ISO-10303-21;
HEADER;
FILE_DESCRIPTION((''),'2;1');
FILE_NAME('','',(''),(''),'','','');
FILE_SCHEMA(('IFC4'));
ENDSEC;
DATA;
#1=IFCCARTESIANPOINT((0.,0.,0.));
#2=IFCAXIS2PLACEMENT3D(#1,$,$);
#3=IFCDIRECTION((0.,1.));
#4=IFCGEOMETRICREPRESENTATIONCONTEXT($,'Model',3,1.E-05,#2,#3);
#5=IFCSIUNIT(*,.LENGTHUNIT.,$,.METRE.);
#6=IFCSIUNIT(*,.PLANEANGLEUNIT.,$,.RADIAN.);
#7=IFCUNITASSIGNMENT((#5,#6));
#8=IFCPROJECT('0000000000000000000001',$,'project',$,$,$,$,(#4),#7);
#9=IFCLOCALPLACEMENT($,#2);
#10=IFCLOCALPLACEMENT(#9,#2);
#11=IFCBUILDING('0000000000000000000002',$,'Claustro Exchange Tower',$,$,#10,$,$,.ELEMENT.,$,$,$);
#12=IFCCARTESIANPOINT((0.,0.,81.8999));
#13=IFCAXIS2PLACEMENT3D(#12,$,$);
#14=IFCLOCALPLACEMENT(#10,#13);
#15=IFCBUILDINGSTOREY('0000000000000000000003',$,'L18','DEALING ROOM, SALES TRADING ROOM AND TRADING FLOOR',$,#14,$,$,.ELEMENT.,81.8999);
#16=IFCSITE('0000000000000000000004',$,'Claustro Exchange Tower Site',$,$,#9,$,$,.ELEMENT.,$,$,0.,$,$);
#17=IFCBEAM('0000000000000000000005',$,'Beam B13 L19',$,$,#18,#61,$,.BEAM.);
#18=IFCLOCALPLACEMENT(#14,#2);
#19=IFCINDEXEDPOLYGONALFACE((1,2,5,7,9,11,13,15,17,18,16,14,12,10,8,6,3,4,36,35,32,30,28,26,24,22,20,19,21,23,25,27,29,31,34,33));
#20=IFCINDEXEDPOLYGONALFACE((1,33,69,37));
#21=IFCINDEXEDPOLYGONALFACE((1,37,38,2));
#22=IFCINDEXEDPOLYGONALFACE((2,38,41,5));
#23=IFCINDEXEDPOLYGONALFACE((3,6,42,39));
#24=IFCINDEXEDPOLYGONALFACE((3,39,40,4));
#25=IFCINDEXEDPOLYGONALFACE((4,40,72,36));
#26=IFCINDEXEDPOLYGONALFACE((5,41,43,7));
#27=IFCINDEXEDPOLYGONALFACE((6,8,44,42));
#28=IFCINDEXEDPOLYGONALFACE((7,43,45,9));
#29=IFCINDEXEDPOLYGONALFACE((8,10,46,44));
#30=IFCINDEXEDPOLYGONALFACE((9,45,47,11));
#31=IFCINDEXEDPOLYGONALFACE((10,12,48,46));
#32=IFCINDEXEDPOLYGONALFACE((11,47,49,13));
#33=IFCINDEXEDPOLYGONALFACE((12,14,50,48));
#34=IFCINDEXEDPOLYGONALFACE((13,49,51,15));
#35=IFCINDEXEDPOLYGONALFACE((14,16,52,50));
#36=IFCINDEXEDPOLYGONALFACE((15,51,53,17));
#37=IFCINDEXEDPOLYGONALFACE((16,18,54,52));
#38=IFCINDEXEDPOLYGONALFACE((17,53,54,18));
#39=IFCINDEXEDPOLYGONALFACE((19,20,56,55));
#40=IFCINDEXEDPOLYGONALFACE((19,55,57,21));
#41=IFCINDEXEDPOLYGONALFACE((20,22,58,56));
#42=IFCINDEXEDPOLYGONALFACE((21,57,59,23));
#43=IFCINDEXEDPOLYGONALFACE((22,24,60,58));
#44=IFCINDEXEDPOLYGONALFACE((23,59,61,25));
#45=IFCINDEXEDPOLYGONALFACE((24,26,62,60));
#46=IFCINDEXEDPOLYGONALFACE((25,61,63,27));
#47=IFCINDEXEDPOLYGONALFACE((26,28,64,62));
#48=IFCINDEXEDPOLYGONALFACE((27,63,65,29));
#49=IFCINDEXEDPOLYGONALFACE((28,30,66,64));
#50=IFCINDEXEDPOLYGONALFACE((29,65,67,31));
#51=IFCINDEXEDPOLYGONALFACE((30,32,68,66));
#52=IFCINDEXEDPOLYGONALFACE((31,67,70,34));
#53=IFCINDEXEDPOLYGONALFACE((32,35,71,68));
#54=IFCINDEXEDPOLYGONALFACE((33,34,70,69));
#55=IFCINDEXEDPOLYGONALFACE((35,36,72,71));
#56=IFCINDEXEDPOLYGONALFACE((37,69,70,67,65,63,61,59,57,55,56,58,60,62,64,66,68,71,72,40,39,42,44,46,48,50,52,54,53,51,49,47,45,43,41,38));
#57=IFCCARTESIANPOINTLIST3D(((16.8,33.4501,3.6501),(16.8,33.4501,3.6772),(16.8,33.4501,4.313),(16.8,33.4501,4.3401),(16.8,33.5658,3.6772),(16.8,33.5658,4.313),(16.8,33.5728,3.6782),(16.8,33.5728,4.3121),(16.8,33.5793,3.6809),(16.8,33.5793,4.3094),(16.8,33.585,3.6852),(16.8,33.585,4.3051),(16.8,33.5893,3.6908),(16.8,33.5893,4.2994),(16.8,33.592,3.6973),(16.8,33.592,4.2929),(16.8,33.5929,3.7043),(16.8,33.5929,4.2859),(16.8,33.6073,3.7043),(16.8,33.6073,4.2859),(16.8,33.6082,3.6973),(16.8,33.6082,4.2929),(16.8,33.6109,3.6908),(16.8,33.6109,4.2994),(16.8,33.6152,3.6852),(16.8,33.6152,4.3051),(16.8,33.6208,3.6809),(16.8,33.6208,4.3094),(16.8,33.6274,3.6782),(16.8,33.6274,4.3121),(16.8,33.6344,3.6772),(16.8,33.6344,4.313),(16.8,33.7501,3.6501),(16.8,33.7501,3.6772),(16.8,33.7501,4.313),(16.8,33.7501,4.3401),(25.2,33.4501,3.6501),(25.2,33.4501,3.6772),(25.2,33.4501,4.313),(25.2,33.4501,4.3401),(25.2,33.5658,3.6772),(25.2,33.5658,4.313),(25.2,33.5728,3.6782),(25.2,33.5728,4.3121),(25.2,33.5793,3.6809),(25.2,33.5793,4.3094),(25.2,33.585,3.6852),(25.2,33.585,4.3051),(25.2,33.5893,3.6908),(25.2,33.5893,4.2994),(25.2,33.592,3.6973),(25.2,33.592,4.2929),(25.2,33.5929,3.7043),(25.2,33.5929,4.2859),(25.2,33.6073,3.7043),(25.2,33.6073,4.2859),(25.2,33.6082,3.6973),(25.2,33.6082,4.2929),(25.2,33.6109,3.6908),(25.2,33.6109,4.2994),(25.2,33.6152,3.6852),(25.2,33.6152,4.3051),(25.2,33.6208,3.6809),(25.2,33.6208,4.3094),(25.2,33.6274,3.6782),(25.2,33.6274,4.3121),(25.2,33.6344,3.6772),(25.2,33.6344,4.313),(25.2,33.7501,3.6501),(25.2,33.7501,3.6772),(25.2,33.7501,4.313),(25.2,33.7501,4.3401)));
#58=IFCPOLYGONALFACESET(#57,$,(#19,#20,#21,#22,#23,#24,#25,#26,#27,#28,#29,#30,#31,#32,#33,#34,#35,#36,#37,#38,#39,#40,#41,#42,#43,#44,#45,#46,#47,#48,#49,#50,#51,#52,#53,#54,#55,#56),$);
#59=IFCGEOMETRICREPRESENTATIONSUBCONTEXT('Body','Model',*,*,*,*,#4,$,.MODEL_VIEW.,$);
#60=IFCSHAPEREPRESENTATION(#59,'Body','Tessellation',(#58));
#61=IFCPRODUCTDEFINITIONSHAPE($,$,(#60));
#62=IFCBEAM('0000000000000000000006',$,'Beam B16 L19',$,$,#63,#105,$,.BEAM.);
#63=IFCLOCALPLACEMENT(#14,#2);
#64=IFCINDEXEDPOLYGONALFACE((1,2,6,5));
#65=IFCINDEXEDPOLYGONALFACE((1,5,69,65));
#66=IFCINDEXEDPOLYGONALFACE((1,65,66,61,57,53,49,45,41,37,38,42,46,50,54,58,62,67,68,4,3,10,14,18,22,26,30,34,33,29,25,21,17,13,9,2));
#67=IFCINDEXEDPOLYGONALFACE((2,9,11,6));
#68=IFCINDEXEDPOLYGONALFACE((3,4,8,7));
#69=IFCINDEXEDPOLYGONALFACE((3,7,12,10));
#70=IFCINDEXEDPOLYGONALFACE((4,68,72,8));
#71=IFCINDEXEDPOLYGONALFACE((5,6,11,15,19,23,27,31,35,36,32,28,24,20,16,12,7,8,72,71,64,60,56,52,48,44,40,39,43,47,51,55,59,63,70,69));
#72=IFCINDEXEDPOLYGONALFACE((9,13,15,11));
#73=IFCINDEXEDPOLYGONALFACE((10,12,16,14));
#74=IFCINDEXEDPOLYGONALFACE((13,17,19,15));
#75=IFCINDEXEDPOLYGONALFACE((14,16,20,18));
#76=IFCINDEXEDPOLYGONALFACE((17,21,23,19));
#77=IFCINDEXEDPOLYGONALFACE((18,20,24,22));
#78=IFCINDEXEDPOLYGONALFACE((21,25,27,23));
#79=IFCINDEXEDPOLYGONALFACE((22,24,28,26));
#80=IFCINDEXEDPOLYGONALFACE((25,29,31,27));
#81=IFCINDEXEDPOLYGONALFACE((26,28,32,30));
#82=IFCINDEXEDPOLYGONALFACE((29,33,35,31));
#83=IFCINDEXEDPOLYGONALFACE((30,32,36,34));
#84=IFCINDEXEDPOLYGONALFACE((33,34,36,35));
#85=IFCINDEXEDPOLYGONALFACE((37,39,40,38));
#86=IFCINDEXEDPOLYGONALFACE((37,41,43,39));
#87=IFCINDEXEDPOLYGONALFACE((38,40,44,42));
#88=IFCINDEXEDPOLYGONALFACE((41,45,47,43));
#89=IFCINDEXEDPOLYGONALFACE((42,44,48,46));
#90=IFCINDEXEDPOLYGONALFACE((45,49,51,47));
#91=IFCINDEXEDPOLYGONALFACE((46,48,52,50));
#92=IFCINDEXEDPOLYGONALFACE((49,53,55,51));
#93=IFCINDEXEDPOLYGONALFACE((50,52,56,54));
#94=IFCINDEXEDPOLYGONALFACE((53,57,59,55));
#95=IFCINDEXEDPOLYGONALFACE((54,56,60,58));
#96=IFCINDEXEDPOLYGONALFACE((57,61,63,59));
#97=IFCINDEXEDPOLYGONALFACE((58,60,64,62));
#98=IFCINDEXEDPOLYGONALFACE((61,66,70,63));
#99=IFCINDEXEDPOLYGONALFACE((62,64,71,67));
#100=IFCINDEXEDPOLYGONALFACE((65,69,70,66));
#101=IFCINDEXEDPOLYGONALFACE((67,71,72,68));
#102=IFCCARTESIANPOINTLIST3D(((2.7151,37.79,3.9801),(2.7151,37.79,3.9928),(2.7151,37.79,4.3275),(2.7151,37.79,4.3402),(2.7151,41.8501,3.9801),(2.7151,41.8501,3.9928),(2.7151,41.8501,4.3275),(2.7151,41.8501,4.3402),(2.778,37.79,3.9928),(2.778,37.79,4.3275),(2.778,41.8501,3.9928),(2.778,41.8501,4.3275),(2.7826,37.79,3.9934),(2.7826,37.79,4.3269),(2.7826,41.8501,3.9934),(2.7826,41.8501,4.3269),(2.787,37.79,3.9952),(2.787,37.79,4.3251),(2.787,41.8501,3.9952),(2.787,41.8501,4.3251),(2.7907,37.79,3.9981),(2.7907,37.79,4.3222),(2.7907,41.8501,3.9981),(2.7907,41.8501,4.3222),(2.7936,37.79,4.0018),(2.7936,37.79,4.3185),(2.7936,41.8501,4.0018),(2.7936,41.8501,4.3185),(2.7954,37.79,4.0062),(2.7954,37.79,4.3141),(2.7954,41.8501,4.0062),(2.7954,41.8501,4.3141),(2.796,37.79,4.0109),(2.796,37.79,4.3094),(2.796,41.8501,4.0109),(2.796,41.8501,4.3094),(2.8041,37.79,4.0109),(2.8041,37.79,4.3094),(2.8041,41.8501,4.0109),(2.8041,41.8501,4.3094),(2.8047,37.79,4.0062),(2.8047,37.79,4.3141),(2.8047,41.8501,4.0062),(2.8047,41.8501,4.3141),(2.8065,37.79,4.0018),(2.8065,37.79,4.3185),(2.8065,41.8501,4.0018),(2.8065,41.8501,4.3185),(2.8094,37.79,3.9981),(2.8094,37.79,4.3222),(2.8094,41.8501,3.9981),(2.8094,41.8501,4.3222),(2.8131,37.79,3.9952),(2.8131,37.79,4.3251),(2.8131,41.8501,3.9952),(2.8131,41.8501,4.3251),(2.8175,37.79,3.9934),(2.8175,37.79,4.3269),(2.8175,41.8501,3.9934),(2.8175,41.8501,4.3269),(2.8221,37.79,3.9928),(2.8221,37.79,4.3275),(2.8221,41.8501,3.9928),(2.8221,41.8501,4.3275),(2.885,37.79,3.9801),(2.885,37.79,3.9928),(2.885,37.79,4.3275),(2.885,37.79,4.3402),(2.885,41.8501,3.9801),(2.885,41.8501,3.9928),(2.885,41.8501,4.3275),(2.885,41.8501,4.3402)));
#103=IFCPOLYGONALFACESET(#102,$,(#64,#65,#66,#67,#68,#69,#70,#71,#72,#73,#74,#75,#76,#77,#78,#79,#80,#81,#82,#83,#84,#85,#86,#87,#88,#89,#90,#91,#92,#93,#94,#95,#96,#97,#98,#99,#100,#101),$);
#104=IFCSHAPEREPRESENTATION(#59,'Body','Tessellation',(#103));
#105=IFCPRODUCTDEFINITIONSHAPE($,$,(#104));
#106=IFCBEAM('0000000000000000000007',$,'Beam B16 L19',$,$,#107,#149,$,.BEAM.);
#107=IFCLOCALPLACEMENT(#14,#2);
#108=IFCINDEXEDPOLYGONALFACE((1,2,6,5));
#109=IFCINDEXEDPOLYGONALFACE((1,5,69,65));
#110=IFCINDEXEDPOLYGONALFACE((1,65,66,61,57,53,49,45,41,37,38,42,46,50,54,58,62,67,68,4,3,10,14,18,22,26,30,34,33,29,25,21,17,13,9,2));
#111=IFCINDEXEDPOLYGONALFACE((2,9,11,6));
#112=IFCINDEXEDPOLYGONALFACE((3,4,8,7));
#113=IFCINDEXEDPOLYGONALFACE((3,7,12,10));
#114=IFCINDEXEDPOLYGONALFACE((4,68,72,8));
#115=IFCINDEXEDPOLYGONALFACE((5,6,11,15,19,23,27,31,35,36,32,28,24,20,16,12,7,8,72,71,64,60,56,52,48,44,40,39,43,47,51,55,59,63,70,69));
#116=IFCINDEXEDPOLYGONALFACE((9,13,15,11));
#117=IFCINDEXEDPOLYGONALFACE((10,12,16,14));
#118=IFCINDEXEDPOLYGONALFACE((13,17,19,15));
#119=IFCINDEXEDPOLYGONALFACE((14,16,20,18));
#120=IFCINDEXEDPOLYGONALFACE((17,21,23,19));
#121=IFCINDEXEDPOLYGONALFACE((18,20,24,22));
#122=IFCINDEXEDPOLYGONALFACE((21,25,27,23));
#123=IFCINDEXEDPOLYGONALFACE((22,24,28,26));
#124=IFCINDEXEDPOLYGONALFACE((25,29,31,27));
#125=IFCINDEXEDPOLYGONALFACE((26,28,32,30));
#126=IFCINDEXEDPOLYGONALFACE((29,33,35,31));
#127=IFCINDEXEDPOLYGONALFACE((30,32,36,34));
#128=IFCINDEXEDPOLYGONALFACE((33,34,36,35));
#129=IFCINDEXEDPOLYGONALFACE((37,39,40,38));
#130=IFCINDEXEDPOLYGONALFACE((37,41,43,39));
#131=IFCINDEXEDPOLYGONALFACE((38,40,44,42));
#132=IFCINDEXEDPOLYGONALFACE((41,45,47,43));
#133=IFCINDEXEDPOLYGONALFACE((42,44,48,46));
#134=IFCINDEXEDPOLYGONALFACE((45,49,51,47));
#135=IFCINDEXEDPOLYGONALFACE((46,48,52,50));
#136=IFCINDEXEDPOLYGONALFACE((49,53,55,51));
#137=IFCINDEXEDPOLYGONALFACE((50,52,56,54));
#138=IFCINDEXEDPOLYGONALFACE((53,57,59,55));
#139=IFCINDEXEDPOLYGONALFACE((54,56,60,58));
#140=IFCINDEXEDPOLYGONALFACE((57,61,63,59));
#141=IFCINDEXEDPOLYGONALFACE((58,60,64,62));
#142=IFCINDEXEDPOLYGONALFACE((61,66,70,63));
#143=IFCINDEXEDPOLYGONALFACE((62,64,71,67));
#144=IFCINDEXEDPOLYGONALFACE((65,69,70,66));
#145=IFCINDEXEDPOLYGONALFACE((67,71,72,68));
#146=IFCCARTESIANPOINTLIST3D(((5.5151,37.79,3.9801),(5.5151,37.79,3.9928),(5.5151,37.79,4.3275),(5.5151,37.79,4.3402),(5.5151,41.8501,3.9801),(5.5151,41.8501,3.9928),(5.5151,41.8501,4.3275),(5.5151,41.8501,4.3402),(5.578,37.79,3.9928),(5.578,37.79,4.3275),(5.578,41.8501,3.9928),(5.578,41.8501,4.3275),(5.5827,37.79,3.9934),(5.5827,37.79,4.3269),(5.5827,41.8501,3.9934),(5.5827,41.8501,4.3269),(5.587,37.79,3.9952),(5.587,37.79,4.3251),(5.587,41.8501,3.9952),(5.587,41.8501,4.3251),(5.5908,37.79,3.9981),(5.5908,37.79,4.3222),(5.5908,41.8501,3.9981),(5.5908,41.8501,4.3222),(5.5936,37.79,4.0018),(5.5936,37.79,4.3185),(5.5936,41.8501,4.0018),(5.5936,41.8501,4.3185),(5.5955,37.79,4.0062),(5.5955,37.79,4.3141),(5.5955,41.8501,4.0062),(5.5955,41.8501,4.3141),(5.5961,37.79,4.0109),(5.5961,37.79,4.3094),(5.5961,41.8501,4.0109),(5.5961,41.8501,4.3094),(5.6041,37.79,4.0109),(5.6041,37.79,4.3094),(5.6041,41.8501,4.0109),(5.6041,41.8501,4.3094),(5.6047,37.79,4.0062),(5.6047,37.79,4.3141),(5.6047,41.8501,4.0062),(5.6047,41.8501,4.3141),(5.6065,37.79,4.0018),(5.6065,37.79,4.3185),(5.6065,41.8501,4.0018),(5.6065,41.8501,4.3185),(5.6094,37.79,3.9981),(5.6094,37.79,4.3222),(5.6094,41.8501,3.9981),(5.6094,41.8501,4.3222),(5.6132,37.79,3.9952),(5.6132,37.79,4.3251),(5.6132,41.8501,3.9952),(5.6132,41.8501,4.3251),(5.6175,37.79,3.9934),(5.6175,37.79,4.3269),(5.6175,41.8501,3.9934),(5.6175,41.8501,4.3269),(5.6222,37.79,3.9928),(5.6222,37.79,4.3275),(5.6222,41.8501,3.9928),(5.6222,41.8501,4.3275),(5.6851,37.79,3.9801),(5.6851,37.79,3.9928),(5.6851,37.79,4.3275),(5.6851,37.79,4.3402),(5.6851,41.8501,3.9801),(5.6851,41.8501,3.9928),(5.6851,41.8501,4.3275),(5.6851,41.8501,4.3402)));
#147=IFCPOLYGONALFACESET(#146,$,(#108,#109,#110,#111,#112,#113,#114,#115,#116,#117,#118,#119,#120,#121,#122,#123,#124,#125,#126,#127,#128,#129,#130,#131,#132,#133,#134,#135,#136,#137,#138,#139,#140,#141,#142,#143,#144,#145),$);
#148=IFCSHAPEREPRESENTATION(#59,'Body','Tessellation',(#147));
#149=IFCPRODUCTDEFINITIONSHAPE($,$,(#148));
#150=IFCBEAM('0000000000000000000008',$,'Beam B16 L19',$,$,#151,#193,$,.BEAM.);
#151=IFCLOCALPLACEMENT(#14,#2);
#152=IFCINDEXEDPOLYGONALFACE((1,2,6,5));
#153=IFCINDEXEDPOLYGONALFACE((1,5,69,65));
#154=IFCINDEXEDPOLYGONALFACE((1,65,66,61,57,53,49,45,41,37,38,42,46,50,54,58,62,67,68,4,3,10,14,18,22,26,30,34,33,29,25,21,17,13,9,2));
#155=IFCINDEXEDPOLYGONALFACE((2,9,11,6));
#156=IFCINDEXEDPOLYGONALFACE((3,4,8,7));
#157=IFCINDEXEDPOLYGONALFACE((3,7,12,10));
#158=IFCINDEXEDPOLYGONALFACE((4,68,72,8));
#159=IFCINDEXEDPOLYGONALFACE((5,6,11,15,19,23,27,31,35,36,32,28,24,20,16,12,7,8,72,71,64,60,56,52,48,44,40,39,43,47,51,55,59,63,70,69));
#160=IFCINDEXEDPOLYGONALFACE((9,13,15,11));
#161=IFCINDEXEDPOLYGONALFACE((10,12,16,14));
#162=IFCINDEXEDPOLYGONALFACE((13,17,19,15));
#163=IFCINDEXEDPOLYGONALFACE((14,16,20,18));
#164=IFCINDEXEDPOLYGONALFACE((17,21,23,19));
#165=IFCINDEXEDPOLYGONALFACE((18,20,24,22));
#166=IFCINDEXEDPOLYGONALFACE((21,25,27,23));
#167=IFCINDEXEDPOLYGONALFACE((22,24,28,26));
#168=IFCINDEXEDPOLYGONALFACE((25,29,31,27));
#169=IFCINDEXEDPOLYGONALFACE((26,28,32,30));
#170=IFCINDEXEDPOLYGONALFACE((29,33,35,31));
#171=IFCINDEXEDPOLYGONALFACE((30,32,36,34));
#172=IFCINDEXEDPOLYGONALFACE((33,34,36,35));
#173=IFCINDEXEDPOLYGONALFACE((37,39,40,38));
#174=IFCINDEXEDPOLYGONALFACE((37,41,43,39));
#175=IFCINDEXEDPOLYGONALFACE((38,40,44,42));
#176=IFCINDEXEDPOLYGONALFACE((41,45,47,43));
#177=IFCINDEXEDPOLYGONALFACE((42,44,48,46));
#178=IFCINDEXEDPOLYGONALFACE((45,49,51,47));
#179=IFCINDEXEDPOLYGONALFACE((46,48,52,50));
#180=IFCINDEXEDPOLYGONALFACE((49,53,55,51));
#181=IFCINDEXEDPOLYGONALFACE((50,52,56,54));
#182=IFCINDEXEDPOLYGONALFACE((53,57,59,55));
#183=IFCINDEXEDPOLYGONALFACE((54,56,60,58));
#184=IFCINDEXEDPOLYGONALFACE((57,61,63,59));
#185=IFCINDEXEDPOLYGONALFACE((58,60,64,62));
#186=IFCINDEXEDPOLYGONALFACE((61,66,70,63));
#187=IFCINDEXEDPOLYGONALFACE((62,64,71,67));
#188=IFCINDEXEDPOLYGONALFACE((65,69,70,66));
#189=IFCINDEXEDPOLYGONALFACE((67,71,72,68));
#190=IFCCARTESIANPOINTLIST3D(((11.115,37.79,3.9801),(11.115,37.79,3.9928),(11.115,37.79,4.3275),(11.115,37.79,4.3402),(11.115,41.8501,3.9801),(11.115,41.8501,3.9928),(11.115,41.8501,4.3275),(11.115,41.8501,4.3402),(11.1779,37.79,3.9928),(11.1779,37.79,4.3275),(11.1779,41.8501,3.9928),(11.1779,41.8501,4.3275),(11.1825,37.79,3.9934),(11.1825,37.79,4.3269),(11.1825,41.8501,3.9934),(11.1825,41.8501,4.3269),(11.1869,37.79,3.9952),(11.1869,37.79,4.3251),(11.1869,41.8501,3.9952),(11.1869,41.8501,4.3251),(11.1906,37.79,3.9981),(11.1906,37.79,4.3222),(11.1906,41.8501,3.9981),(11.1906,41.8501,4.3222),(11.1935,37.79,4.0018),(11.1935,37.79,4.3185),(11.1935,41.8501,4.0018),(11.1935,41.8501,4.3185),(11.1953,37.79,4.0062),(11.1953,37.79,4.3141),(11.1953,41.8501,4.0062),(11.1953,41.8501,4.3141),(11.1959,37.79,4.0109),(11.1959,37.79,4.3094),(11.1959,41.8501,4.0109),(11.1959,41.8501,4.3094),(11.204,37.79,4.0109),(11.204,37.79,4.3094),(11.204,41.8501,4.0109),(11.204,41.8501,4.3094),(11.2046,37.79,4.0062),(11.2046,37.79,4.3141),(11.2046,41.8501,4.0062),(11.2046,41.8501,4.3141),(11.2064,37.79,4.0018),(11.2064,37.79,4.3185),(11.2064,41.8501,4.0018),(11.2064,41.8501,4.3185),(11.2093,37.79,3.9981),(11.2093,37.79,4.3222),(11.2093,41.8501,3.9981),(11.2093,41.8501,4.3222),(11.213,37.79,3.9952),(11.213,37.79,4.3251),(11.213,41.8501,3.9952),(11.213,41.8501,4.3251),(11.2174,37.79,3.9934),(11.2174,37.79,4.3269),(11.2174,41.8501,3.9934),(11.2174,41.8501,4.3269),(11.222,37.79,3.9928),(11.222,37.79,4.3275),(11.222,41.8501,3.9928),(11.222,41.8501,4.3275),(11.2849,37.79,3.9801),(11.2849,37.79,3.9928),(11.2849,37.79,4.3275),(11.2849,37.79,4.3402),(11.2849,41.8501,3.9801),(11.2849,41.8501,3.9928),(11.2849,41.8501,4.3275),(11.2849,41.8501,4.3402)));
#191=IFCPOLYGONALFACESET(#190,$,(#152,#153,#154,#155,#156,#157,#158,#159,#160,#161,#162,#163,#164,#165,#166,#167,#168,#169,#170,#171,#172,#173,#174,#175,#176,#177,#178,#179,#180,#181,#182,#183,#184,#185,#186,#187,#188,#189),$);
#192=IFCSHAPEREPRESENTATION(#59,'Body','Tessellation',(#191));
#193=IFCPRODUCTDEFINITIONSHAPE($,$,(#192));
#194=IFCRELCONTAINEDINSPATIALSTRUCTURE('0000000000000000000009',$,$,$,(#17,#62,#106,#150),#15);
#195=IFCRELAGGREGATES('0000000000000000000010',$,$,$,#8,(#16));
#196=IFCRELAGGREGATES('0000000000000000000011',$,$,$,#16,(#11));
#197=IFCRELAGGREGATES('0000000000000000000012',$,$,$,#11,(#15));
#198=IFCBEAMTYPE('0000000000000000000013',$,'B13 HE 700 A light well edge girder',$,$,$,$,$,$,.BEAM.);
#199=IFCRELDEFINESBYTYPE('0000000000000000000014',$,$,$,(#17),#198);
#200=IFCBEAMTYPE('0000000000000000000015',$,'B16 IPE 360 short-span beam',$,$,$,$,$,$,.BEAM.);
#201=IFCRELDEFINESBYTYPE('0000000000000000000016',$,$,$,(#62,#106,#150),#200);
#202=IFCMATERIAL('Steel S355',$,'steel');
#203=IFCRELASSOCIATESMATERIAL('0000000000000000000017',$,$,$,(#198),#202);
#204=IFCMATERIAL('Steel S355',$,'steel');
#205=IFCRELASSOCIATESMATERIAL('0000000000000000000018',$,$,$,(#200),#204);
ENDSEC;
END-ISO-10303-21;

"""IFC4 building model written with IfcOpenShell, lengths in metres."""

from ifc_helpers import new_model, si_unit, direction, frame, origin, origin_2d, place, context, subcontext, project, spatial, i_section, extrude, material, material_profile, profile_set, type_object, element, save


model = new_model("IFC4")

# Units and contexts
model_context = context("Model", 3, precision=1e-05, world=origin(), true_north=direction((0.0, 1.0)))
body_context = subcontext(model_context, "Body", "Model", "MODEL_VIEW")
ifc_project = project(units=[si_unit("LENGTHUNIT", "METRE"), si_unit("PLANEANGLEUNIT", "RADIAN")], contexts=[model_context])

# Site, building, storey
site_placement = place(None, origin())
site = spatial("IfcSite", under=ifc_project, at=site_placement, Name="Claustro Exchange Tower Site", CompositionType="ELEMENT", RefElevation=0.0)
building_placement = place(site_placement, origin())
building = spatial("IfcBuilding", under=site, at=building_placement, Name="Claustro Exchange Tower", CompositionType="ELEMENT")
storey_placement = place(building_placement, frame((0.0, 0.0, 81.8999)))
storey = spatial("IfcBuildingStorey", under=building, at=storey_placement, Name="L18", Description="DEALING ROOM, SALES TRADING ROOM AND TRADING FLOOR", CompositionType="ELEMENT", Elevation=81.8999)

# Beams
ifc_material_1 = material(Name="Steel S355", Category="steel")
ifc_material_profile_1 = material_profile(ifc_material_1, i_section(OverallWidth=0.3, OverallDepth=0.6899, WebThickness=0.0144, FlangeThickness=0.0271, FilletRadius=0.0271, at=origin_2d()), Name="HE 700 A")
ifc_profile_set_1 = profile_set([ifc_material_profile_1], Name="Steel S355")
beam_type_1 = type_object("IfcBeamType", Name="B13 HE 700 A light well edge girder", PredefinedType="BEAM", material=ifc_profile_set_1)
beam_1_placement = place(storey_placement, frame((16.8, 33.6001, 3.9951), z_axis=(1.0, 0.0, 0.0), x_axis=(0.0, 1.0, 0.0)))
element("IfcBeam", 1, at=beam_1_placement, inside=storey, type_object=beam_type_1, Name="Beam B13 L19", PredefinedType="BEAM", context=body_context, shape_type="SweptSolid", body=[
    extrude(i_section(OverallWidth=0.3, OverallDepth=0.6899, WebThickness=0.0144, FlangeThickness=0.0271, FilletRadius=0.0271, at=origin_2d()), origin(), (0.0, 0.0, 1.0), 8.3999),
])
ifc_material_2 = material(Name="Steel S355", Category="steel")
ifc_material_profile_2 = material_profile(ifc_material_2, i_section(OverallWidth=0.1699, OverallDepth=0.3601, WebThickness=0.0081, FlangeThickness=0.0127, FilletRadius=0.0181, at=origin_2d()), Name="IPE 360")
ifc_profile_set_2 = profile_set([ifc_material_profile_2], Name="Steel S355")
beam_type_2 = type_object("IfcBeamType", Name="B16 IPE 360 short-span beam", PredefinedType="BEAM", material=ifc_profile_set_2)
for number, where, z_axis, x_axis, name in (
    (2, (2.8, 37.79, 4.1602), (0.0, 1.0, 0.0), (-1.0, 0.0, 0.0), "Beam B16 L19"),
    (3, (5.6001, 37.79, 4.1602), (0.0, 1.0, 0.0), (-1.0, 0.0, 0.0), "Beam B16 L19"),
    (4, (11.2, 37.79, 4.1602), (0.0, 1.0, 0.0), (-1.0, 0.0, 0.0), "Beam B16 L19"),
):
    element("IfcBeam", number, at=place(storey_placement, frame(where, z_axis=z_axis, x_axis=x_axis)), inside=storey, type_object=beam_type_2, Name=name, PredefinedType="BEAM", context=body_context, shape_type="SweptSolid", body=[
        extrude(i_section(OverallWidth=0.1699, OverallDepth=0.3601, WebThickness=0.0081, FlangeThickness=0.0127, FilletRadius=0.0181, at=origin_2d()), origin(), (0.0, 0.0, 1.0), 4.0601),
    ])

save(model, "model.ifc")
